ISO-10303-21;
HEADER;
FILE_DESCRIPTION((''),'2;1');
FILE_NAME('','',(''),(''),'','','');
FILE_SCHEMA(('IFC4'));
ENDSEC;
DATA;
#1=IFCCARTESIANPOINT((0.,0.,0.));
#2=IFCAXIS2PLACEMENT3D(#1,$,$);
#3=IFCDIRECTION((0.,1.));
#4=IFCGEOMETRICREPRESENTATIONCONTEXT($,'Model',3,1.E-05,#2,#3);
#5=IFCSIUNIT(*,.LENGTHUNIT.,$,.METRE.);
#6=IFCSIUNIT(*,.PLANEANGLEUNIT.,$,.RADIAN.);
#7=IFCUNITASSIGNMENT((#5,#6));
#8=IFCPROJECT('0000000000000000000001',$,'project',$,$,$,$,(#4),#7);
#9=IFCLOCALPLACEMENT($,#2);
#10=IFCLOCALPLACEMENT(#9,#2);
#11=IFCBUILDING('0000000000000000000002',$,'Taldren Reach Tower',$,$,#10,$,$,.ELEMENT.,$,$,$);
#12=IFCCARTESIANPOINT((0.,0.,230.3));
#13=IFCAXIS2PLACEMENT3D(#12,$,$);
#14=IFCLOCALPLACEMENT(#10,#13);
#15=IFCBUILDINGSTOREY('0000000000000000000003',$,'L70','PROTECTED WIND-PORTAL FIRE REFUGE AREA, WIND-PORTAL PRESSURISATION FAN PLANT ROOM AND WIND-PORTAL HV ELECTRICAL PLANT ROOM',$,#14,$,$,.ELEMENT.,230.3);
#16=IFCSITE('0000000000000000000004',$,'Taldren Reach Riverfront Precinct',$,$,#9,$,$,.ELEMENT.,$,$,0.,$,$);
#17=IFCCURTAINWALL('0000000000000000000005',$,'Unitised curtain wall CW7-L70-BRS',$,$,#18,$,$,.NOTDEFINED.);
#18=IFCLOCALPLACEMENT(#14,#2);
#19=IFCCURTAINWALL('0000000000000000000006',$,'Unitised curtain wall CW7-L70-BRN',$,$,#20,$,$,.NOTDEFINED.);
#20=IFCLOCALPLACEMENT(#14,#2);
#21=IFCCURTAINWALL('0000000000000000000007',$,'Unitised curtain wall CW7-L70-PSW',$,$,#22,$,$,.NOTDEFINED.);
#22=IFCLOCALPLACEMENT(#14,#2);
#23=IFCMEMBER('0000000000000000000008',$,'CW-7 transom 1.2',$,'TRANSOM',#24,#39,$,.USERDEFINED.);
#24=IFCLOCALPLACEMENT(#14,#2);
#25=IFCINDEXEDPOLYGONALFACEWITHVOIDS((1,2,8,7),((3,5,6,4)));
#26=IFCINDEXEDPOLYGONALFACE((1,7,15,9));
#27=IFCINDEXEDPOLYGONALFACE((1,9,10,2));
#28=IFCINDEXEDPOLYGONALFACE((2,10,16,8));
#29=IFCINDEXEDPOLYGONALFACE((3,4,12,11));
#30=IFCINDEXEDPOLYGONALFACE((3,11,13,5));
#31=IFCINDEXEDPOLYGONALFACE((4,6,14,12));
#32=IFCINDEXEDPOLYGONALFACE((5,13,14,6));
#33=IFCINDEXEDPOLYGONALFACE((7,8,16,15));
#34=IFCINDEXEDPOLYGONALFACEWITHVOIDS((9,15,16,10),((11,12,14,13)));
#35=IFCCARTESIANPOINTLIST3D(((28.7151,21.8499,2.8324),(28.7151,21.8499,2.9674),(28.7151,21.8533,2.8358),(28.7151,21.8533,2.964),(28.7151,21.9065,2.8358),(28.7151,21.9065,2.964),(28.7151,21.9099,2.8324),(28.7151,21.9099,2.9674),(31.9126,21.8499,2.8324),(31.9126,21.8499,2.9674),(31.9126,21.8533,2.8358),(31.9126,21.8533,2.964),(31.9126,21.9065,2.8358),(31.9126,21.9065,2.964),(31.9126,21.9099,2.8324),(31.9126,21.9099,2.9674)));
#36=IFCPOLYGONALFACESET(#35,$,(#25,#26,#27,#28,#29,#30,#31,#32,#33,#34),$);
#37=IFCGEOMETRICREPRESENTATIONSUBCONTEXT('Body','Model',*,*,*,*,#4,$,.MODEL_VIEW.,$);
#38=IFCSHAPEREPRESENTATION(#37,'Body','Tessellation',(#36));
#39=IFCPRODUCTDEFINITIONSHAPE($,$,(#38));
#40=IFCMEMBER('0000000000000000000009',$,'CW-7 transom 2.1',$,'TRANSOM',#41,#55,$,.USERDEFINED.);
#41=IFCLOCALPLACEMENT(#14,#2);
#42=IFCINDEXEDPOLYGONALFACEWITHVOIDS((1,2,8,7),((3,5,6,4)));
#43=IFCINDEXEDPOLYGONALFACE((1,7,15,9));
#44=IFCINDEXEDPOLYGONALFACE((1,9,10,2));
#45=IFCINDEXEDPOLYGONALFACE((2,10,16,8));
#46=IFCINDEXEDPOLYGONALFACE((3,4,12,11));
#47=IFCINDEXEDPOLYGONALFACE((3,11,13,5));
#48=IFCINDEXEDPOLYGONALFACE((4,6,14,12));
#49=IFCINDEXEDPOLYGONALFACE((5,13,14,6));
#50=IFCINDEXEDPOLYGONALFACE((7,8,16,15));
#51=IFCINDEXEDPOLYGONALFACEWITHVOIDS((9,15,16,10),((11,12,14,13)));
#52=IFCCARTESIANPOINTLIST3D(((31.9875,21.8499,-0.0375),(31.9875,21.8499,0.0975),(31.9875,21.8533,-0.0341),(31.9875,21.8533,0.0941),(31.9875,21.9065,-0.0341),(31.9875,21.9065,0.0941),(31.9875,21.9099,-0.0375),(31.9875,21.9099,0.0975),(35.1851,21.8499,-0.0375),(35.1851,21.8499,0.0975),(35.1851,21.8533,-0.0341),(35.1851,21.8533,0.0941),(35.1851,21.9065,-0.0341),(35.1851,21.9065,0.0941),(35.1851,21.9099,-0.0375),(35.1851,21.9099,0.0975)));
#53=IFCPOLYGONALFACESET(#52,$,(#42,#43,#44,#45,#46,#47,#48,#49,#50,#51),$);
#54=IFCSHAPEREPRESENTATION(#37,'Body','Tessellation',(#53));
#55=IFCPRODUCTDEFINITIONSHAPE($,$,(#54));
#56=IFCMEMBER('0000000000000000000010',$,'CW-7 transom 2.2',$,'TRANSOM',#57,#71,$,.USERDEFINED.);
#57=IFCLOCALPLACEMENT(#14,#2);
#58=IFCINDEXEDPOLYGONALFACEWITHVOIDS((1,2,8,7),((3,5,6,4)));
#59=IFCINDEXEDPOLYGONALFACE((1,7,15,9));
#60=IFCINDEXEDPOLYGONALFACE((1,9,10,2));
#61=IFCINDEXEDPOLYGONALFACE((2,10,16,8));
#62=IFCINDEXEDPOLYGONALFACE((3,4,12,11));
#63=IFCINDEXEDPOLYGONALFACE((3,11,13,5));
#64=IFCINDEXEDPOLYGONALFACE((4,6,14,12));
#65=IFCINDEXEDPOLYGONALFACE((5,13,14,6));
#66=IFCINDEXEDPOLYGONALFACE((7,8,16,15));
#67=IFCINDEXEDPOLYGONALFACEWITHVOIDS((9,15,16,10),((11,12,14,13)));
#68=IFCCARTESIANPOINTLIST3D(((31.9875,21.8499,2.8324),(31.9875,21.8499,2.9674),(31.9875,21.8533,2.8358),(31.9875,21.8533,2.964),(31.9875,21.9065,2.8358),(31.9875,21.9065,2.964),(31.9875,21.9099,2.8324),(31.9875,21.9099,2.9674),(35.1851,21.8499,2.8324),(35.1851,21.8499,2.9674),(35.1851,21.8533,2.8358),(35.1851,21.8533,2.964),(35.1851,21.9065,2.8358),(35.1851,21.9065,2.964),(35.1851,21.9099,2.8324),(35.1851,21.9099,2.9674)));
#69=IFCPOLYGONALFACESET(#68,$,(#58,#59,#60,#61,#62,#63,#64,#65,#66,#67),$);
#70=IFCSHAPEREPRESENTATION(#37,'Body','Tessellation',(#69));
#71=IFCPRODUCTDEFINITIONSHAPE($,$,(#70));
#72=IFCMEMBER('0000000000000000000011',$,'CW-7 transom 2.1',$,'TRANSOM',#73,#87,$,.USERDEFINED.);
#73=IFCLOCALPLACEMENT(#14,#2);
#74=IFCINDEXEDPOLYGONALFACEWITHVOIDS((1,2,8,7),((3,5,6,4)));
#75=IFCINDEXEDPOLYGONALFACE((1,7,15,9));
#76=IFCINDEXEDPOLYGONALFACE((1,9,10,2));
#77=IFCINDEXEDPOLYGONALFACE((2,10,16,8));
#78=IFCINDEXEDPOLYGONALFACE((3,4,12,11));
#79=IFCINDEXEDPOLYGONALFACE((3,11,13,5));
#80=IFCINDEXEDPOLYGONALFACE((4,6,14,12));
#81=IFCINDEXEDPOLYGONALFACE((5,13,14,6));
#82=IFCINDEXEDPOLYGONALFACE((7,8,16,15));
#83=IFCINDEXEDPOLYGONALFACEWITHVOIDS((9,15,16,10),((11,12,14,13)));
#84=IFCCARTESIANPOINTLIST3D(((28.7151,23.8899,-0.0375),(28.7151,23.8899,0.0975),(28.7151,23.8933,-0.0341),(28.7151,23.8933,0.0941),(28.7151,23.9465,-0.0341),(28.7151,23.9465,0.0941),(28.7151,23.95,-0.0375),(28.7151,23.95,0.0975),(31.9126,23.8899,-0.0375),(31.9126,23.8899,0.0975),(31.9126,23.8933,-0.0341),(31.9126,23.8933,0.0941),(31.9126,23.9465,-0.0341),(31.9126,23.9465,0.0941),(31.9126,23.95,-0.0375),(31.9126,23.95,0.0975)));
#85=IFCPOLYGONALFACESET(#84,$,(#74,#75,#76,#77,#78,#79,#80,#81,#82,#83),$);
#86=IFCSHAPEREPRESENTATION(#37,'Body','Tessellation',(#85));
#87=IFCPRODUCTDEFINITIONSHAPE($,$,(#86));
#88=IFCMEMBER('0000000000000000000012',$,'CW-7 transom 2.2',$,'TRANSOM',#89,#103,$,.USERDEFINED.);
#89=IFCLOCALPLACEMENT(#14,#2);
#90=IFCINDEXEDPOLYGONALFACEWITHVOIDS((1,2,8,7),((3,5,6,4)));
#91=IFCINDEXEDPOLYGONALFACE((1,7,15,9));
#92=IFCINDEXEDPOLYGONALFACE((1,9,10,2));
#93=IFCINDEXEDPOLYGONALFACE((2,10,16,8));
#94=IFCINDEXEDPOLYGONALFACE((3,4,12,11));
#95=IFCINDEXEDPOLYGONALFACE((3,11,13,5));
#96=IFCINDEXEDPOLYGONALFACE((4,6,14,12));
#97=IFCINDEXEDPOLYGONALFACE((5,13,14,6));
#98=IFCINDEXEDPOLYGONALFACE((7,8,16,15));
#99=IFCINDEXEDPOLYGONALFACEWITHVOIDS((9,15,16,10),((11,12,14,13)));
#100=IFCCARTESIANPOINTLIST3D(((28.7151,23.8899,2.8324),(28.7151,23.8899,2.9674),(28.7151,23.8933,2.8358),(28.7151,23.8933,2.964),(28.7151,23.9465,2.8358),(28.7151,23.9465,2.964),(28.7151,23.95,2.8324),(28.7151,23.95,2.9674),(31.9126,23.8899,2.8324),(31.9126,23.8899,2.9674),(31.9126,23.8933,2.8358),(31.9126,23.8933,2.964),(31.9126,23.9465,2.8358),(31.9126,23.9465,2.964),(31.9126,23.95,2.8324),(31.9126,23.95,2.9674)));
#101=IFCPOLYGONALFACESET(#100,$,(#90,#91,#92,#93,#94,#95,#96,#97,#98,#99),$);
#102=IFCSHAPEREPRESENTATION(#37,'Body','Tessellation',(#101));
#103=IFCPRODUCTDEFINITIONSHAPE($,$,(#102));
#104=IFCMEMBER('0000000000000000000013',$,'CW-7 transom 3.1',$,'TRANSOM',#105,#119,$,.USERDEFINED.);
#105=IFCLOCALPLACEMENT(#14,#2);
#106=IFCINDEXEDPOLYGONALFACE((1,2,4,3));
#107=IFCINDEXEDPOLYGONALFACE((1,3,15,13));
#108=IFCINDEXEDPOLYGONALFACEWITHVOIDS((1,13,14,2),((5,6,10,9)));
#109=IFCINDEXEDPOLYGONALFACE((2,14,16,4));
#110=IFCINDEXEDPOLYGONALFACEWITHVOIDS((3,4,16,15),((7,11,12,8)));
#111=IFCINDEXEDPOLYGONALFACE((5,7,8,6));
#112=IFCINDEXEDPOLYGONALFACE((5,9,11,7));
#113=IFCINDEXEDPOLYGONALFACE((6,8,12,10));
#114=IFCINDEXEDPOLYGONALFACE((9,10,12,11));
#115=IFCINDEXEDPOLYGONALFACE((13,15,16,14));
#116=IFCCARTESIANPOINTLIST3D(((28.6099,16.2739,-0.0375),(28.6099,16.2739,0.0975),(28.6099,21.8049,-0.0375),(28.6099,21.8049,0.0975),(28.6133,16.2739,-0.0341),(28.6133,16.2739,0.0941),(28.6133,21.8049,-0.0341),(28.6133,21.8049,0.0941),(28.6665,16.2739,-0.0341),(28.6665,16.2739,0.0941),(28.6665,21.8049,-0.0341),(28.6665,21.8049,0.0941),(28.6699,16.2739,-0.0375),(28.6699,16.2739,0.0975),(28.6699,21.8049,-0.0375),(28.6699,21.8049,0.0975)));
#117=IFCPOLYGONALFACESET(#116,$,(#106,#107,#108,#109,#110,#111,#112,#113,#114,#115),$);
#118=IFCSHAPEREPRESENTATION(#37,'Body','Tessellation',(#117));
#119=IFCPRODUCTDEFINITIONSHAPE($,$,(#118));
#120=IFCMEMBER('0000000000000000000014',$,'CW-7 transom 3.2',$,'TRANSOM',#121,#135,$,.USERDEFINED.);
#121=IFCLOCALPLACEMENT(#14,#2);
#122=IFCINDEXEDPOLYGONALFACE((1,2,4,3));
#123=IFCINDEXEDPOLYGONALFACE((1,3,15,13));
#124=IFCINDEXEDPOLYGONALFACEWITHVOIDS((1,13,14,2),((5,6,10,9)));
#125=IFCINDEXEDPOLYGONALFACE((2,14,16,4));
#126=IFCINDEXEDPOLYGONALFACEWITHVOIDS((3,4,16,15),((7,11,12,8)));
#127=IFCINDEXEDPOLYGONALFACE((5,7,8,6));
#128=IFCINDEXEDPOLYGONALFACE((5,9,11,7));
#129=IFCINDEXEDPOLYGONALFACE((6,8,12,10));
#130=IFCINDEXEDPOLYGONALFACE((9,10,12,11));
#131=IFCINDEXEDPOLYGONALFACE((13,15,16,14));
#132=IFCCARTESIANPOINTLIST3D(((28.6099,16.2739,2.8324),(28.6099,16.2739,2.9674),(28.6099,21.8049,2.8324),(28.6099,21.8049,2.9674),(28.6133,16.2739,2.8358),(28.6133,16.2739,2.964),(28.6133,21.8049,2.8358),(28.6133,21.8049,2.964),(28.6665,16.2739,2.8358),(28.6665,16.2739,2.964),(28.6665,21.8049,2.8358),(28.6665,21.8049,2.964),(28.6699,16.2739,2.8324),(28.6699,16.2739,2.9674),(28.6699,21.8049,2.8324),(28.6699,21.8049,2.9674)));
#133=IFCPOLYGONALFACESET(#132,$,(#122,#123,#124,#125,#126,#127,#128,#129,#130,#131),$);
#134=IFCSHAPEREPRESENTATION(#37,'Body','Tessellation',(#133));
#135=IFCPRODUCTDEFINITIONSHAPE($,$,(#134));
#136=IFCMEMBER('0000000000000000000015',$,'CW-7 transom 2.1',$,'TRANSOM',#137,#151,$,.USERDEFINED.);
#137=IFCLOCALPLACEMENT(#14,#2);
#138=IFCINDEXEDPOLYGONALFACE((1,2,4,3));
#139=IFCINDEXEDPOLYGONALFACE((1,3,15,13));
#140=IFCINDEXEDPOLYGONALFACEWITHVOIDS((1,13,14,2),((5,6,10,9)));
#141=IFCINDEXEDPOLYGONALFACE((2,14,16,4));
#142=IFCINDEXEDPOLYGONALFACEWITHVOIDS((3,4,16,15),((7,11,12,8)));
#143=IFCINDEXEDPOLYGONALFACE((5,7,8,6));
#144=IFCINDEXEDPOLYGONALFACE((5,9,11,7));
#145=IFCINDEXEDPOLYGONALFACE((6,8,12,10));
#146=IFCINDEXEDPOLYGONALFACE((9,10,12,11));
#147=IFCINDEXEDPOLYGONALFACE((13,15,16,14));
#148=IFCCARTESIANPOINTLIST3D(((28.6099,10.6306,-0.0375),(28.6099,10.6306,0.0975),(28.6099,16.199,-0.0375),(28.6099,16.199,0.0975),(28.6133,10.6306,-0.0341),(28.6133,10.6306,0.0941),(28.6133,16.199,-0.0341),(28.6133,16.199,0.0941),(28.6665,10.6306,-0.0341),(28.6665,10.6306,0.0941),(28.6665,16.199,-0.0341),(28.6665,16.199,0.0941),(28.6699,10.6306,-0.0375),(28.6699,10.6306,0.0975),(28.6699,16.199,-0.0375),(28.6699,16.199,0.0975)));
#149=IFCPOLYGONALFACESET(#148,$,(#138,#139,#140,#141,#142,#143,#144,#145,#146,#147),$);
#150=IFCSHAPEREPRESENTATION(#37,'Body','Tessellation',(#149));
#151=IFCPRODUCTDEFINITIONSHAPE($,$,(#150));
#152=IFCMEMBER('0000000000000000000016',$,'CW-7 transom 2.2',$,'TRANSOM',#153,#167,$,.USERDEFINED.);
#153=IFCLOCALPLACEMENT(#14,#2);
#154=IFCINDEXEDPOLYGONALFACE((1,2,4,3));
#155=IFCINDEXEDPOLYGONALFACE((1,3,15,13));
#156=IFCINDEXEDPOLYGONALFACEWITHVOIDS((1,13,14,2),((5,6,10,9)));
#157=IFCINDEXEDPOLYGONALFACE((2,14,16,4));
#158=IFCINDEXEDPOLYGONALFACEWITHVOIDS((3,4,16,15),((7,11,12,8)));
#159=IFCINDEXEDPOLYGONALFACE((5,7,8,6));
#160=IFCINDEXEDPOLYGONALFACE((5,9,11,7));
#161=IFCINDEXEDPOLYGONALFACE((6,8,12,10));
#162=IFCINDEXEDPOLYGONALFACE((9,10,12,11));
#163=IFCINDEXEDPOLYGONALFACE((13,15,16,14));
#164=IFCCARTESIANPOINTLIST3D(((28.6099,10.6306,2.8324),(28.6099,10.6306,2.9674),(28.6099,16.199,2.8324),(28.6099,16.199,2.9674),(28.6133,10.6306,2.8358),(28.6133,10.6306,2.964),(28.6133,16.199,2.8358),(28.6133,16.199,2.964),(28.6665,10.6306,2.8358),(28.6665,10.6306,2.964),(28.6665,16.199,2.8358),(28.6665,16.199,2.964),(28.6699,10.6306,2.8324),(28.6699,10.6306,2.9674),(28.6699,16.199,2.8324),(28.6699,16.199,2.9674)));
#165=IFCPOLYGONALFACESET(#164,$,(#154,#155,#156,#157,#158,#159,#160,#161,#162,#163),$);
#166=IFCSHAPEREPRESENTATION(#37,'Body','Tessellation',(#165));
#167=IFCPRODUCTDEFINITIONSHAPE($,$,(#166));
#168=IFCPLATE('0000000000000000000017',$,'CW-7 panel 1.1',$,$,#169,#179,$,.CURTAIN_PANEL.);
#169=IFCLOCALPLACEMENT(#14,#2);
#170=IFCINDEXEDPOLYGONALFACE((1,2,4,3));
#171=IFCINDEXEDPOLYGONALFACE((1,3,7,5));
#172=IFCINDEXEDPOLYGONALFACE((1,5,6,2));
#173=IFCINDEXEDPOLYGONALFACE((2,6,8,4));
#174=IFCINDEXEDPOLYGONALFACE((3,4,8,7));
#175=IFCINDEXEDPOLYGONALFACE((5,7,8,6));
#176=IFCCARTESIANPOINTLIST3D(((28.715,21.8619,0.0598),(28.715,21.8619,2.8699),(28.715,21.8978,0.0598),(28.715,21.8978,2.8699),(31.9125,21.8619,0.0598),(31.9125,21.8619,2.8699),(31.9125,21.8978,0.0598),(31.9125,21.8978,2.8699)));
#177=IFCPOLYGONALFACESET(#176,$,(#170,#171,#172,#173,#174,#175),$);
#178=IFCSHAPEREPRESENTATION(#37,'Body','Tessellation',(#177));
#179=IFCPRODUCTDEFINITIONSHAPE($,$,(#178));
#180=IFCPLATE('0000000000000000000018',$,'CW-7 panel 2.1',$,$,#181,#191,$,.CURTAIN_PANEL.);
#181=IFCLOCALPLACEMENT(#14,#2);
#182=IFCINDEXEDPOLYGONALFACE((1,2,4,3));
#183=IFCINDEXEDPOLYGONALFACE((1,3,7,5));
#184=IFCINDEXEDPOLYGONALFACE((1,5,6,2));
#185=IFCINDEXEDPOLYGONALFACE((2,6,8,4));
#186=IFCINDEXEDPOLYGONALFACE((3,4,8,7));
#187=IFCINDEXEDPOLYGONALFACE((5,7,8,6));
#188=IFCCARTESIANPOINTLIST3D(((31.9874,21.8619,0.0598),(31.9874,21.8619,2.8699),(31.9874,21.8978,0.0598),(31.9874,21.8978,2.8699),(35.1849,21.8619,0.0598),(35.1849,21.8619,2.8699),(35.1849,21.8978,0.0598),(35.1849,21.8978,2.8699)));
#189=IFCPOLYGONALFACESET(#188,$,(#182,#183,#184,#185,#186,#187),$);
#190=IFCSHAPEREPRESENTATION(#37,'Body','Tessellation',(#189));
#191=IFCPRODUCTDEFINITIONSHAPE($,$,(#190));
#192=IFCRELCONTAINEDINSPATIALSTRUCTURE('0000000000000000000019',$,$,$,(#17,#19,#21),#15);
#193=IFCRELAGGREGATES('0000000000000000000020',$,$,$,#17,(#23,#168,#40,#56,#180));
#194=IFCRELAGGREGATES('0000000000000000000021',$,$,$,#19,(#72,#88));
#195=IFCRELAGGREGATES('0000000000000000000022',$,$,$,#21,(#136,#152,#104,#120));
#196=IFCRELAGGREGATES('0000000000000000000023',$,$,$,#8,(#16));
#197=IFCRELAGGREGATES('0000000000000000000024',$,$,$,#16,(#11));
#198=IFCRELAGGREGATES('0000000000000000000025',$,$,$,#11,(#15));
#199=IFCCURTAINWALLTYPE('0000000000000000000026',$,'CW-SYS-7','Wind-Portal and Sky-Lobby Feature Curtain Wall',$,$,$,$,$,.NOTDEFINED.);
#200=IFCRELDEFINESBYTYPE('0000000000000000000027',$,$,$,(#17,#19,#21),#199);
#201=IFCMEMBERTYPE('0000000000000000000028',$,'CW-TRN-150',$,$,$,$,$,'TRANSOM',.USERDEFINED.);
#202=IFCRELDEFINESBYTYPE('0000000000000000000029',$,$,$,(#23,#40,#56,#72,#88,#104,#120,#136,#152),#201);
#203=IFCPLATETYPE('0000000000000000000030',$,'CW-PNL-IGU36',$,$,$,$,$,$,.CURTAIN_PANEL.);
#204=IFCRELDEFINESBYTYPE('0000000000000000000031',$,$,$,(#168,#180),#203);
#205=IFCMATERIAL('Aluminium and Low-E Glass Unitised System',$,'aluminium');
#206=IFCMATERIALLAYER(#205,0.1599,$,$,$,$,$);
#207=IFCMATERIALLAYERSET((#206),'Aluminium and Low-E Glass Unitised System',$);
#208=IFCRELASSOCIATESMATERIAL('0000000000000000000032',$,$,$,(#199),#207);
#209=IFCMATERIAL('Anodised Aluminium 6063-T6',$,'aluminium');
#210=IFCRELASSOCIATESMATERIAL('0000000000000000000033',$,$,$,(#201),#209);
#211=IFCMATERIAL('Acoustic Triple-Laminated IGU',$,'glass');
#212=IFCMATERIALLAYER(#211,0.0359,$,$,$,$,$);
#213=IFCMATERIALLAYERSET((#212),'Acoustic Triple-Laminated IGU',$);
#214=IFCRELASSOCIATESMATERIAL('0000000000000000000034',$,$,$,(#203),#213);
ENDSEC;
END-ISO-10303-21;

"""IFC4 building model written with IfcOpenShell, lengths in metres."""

from ifc_helpers import new_model, si_unit, direction, frame, origin, origin_2d, place, context, subcontext, project, spatial, rectangle, hollow_rectangle, extrude, source, transform, mapped, material, layer, layer_set, material_profile, profile_set, type_object, element, aggregate, save


model = new_model("IFC4")

# Units and contexts
model_context = context("Model", 3, precision=1e-05, world=origin(), true_north=direction((0.0, 1.0)))
body_context = subcontext(model_context, "Body", "Model", "MODEL_VIEW")
ifc_project = project(units=[si_unit("LENGTHUNIT", "METRE"), si_unit("PLANEANGLEUNIT", "RADIAN")], contexts=[model_context])

# Site, building, storey
site_placement = place(None, origin())
site = spatial("IfcSite", under=ifc_project, at=site_placement, Name="Taldren Reach Riverfront Precinct", CompositionType="ELEMENT", RefElevation=0.0)
building_placement = place(site_placement, origin())
building = spatial("IfcBuilding", under=site, at=building_placement, Name="Taldren Reach Tower", CompositionType="ELEMENT")
storey_placement = place(building_placement, frame((0.0, 0.0, 230.3)))
storey = spatial("IfcBuildingStorey", under=building, at=storey_placement, Name="L70", Description="PROTECTED WIND-PORTAL FIRE REFUGE AREA, WIND-PORTAL PRESSURISATION FAN PLANT ROOM AND WIND-PORTAL HV ELECTRICAL PLANT ROOM", CompositionType="ELEMENT", Elevation=230.3)

# Curtain wall
ifc_material_1 = material(Name="Aluminium and Low-E Glass Unitised System", Category="aluminium")
ifc_layer_1 = layer(ifc_material_1, 0.1599)
ifc_layer_set_1 = layer_set([ifc_layer_1], Name="Aluminium and Low-E Glass Unitised System")
curtain_wall_type = type_object("IfcCurtainWallType", Name="CW-SYS-7", Description="Wind-Portal and Sky-Lobby Feature Curtain Wall", PredefinedType="NOTDEFINED", material=ifc_layer_set_1)
curtain_wall_1_placement = place(storey_placement, origin())
curtain_wall_1 = element("IfcCurtainWall", 1, at=curtain_wall_1_placement, inside=storey, type_object=curtain_wall_type, Name="Unitised curtain wall CW7-L70-BRS", PredefinedType="NOTDEFINED")
ifc_material_2 = material(Name="Anodised Aluminium 6063-T6", Category="aluminium")

# Curtain wall
curtain_wall_2_placement = place(storey_placement, origin())
curtain_wall_2 = element("IfcCurtainWall", 2, at=curtain_wall_2_placement, inside=storey, type_object=curtain_wall_type, Name="Unitised curtain wall CW7-L70-BRN", PredefinedType="NOTDEFINED")

# Curtain wall
curtain_wall_3_placement = place(storey_placement, origin())
curtain_wall_3 = element("IfcCurtainWall", 3, at=curtain_wall_3_placement, inside=storey, type_object=curtain_wall_type, Name="Unitised curtain wall CW7-L70-PSW", PredefinedType="NOTDEFINED")

# Members
ifc_material_profile_1 = material_profile(ifc_material_2, hollow_rectangle(XDim=0.0601, YDim=0.135, WallThickness=0.0034, at=origin_2d()), Name="ALU-135x60x3.5RHS")
ifc_profile_set_1 = profile_set([ifc_material_profile_1], Name="Anodised Aluminium 6063-T6")
member_type_1 = type_object("IfcMemberType", Name="CW-TRN-150", ElementType="TRANSOM", PredefinedType="USERDEFINED", material=ifc_profile_set_1)
shared_shape_1 = source(origin(), body_context, "Body", "SweptSolid", [
    extrude(hollow_rectangle(XDim=0.0601, YDim=0.135, WallThickness=0.0034, at=origin_2d()), origin(), (0.0, 0.0, 1.0), 3.1975),
])
member_1_placement = place(storey_placement, frame((28.7151, 21.8799, 2.8999), z_axis=(1.0, 0.0, 0.0), x_axis=(0.0, 1.0, 0.0)))
member_1 = element("IfcMember", 4, at=member_1_placement, type_object=member_type_1, Name="CW-7 transom 1.2", ObjectType="TRANSOM", PredefinedType="USERDEFINED", context=body_context, shape_type="MappedRepresentation", body=[
    mapped(shared_shape_1, transform((0.0, 0.0, 0.0), scale=1.0)),
])
member_2_placement = place(storey_placement, frame((31.9875, 21.8799, 0.03), z_axis=(1.0, 0.0, 0.0), x_axis=(0.0, 1.0, 0.0)))
member_2 = element("IfcMember", 5, at=member_2_placement, type_object=member_type_1, Name="CW-7 transom 2.1", ObjectType="TRANSOM", PredefinedType="USERDEFINED", context=body_context, shape_type="MappedRepresentation", body=[
    mapped(shared_shape_1, transform((0.0, 0.0, 0.0), scale=1.0)),
])
member_3_placement = place(storey_placement, frame((31.9875, 21.8799, 2.8999), z_axis=(1.0, 0.0, 0.0), x_axis=(0.0, 1.0, 0.0)))
member_3 = element("IfcMember", 6, at=member_3_placement, type_object=member_type_1, Name="CW-7 transom 2.2", ObjectType="TRANSOM", PredefinedType="USERDEFINED", context=body_context, shape_type="MappedRepresentation", body=[
    mapped(shared_shape_1, transform((0.0, 0.0, 0.0), scale=1.0)),
])
member_4_placement = place(storey_placement, frame((31.9126, 23.9199, 0.03), z_axis=(-1.0, 0.0, 0.0), x_axis=(0.0, -1.0, 0.0)))
member_4 = element("IfcMember", 7, at=member_4_placement, type_object=member_type_1, Name="CW-7 transom 2.1", ObjectType="TRANSOM", PredefinedType="USERDEFINED", context=body_context, shape_type="MappedRepresentation", body=[
    mapped(shared_shape_1, transform((0.0, 0.0, 0.0), scale=1.0)),
])
member_5_placement = place(storey_placement, frame((31.9126, 23.9199, 2.8999), z_axis=(-1.0, 0.0, 0.0), x_axis=(0.0, -1.0, 0.0)))
member_5 = element("IfcMember", 8, at=member_5_placement, type_object=member_type_1, Name="CW-7 transom 2.2", ObjectType="TRANSOM", PredefinedType="USERDEFINED", context=body_context, shape_type="MappedRepresentation", body=[
    mapped(shared_shape_1, transform((0.0, 0.0, 0.0), scale=1.0)),
])
shared_shape_2 = source(origin(), body_context, "Body", "SweptSolid", [
    extrude(hollow_rectangle(XDim=0.0601, YDim=0.135, WallThickness=0.0034, at=origin_2d()), origin(), (0.0, 0.0, 1.0), 5.531),
])
member_6_placement = place(storey_placement, frame((28.6399, 16.2739, 0.03), z_axis=(0.0, 1.0, 0.0), x_axis=(-1.0, 0.0, 0.0)))
member_6 = element("IfcMember", 9, at=member_6_placement, type_object=member_type_1, Name="CW-7 transom 3.1", ObjectType="TRANSOM", PredefinedType="USERDEFINED", context=body_context, shape_type="MappedRepresentation", body=[
    mapped(shared_shape_2, transform((0.0, 0.0, 0.0), scale=1.0)),
])
member_7_placement = place(storey_placement, frame((28.6399, 16.2739, 2.8999), z_axis=(0.0, 1.0, 0.0), x_axis=(-1.0, 0.0, 0.0)))
member_7 = element("IfcMember", 10, at=member_7_placement, type_object=member_type_1, Name="CW-7 transom 3.2", ObjectType="TRANSOM", PredefinedType="USERDEFINED", context=body_context, shape_type="MappedRepresentation", body=[
    mapped(shared_shape_2, transform((0.0, 0.0, 0.0), scale=1.0)),
])
shared_shape_3 = source(origin(), body_context, "Body", "SweptSolid", [
    extrude(hollow_rectangle(XDim=0.0601, YDim=0.135, WallThickness=0.0034, at=origin_2d()), origin(), (0.0, 0.0, 1.0), 5.5684),
])
member_8_placement = place(storey_placement, frame((28.6399, 10.6306, 0.03), z_axis=(0.0, 1.0, 0.0), x_axis=(-1.0, 0.0, 0.0)))
member_8 = element("IfcMember", 11, at=member_8_placement, type_object=member_type_1, Name="CW-7 transom 2.1", ObjectType="TRANSOM", PredefinedType="USERDEFINED", context=body_context, shape_type="MappedRepresentation", body=[
    mapped(shared_shape_3, transform((0.0, 0.0, 0.0), scale=1.0)),
])
member_9_placement = place(storey_placement, frame((28.6399, 10.6306, 2.8999), z_axis=(0.0, 1.0, 0.0), x_axis=(-1.0, 0.0, 0.0)))
member_9 = element("IfcMember", 12, at=member_9_placement, type_object=member_type_1, Name="CW-7 transom 2.2", ObjectType="TRANSOM", PredefinedType="USERDEFINED", context=body_context, shape_type="MappedRepresentation", body=[
    mapped(shared_shape_3, transform((0.0, 0.0, 0.0), scale=1.0)),
])

# Plates
ifc_material_3 = material(Name="Acoustic Triple-Laminated IGU", Category="glass")
ifc_layer_2 = layer(ifc_material_3, 0.0359)
ifc_layer_set_2 = layer_set([ifc_layer_2], Name="Acoustic Triple-Laminated IGU")
plate_type = type_object("IfcPlateType", Name="CW-PNL-IGU36", PredefinedType="CURTAIN_PANEL", material=ifc_layer_set_2)
shared_shape_4 = source(origin(), body_context, "Body", "SweptSolid", [
    extrude(rectangle(XDim=3.1975, YDim=0.0359, at=origin_2d()), origin(), (0.0, 0.0, 1.0), 2.8101),
])
plate_1_placement = place(storey_placement, frame((30.3137, 21.8799, 0.0598), z_axis=(0.0, 0.0, 1.0), x_axis=(1.0, 0.0, 0.0)))
plate_1 = element("IfcPlate", 13, at=plate_1_placement, type_object=plate_type, Name="CW-7 panel 1.1", PredefinedType="CURTAIN_PANEL", context=body_context, shape_type="MappedRepresentation", body=[
    mapped(shared_shape_4, transform((0.0, 0.0, 0.0), scale=1.0)),
])
plate_2_placement = place(storey_placement, frame((33.5862, 21.8799, 0.0598), z_axis=(0.0, 0.0, 1.0), x_axis=(1.0, 0.0, 0.0)))
plate_2 = element("IfcPlate", 14, at=plate_2_placement, type_object=plate_type, Name="CW-7 panel 2.1", PredefinedType="CURTAIN_PANEL", context=body_context, shape_type="MappedRepresentation", body=[
    mapped(shared_shape_4, transform((0.0, 0.0, 0.0), scale=1.0)),
])
aggregate(curtain_wall_1, [member_1, plate_1, member_2, member_3, plate_2])
aggregate(curtain_wall_2, [member_4, member_5])
aggregate(curtain_wall_3, [member_8, member_9, member_6, member_7])

save(model, "model.ifc")
